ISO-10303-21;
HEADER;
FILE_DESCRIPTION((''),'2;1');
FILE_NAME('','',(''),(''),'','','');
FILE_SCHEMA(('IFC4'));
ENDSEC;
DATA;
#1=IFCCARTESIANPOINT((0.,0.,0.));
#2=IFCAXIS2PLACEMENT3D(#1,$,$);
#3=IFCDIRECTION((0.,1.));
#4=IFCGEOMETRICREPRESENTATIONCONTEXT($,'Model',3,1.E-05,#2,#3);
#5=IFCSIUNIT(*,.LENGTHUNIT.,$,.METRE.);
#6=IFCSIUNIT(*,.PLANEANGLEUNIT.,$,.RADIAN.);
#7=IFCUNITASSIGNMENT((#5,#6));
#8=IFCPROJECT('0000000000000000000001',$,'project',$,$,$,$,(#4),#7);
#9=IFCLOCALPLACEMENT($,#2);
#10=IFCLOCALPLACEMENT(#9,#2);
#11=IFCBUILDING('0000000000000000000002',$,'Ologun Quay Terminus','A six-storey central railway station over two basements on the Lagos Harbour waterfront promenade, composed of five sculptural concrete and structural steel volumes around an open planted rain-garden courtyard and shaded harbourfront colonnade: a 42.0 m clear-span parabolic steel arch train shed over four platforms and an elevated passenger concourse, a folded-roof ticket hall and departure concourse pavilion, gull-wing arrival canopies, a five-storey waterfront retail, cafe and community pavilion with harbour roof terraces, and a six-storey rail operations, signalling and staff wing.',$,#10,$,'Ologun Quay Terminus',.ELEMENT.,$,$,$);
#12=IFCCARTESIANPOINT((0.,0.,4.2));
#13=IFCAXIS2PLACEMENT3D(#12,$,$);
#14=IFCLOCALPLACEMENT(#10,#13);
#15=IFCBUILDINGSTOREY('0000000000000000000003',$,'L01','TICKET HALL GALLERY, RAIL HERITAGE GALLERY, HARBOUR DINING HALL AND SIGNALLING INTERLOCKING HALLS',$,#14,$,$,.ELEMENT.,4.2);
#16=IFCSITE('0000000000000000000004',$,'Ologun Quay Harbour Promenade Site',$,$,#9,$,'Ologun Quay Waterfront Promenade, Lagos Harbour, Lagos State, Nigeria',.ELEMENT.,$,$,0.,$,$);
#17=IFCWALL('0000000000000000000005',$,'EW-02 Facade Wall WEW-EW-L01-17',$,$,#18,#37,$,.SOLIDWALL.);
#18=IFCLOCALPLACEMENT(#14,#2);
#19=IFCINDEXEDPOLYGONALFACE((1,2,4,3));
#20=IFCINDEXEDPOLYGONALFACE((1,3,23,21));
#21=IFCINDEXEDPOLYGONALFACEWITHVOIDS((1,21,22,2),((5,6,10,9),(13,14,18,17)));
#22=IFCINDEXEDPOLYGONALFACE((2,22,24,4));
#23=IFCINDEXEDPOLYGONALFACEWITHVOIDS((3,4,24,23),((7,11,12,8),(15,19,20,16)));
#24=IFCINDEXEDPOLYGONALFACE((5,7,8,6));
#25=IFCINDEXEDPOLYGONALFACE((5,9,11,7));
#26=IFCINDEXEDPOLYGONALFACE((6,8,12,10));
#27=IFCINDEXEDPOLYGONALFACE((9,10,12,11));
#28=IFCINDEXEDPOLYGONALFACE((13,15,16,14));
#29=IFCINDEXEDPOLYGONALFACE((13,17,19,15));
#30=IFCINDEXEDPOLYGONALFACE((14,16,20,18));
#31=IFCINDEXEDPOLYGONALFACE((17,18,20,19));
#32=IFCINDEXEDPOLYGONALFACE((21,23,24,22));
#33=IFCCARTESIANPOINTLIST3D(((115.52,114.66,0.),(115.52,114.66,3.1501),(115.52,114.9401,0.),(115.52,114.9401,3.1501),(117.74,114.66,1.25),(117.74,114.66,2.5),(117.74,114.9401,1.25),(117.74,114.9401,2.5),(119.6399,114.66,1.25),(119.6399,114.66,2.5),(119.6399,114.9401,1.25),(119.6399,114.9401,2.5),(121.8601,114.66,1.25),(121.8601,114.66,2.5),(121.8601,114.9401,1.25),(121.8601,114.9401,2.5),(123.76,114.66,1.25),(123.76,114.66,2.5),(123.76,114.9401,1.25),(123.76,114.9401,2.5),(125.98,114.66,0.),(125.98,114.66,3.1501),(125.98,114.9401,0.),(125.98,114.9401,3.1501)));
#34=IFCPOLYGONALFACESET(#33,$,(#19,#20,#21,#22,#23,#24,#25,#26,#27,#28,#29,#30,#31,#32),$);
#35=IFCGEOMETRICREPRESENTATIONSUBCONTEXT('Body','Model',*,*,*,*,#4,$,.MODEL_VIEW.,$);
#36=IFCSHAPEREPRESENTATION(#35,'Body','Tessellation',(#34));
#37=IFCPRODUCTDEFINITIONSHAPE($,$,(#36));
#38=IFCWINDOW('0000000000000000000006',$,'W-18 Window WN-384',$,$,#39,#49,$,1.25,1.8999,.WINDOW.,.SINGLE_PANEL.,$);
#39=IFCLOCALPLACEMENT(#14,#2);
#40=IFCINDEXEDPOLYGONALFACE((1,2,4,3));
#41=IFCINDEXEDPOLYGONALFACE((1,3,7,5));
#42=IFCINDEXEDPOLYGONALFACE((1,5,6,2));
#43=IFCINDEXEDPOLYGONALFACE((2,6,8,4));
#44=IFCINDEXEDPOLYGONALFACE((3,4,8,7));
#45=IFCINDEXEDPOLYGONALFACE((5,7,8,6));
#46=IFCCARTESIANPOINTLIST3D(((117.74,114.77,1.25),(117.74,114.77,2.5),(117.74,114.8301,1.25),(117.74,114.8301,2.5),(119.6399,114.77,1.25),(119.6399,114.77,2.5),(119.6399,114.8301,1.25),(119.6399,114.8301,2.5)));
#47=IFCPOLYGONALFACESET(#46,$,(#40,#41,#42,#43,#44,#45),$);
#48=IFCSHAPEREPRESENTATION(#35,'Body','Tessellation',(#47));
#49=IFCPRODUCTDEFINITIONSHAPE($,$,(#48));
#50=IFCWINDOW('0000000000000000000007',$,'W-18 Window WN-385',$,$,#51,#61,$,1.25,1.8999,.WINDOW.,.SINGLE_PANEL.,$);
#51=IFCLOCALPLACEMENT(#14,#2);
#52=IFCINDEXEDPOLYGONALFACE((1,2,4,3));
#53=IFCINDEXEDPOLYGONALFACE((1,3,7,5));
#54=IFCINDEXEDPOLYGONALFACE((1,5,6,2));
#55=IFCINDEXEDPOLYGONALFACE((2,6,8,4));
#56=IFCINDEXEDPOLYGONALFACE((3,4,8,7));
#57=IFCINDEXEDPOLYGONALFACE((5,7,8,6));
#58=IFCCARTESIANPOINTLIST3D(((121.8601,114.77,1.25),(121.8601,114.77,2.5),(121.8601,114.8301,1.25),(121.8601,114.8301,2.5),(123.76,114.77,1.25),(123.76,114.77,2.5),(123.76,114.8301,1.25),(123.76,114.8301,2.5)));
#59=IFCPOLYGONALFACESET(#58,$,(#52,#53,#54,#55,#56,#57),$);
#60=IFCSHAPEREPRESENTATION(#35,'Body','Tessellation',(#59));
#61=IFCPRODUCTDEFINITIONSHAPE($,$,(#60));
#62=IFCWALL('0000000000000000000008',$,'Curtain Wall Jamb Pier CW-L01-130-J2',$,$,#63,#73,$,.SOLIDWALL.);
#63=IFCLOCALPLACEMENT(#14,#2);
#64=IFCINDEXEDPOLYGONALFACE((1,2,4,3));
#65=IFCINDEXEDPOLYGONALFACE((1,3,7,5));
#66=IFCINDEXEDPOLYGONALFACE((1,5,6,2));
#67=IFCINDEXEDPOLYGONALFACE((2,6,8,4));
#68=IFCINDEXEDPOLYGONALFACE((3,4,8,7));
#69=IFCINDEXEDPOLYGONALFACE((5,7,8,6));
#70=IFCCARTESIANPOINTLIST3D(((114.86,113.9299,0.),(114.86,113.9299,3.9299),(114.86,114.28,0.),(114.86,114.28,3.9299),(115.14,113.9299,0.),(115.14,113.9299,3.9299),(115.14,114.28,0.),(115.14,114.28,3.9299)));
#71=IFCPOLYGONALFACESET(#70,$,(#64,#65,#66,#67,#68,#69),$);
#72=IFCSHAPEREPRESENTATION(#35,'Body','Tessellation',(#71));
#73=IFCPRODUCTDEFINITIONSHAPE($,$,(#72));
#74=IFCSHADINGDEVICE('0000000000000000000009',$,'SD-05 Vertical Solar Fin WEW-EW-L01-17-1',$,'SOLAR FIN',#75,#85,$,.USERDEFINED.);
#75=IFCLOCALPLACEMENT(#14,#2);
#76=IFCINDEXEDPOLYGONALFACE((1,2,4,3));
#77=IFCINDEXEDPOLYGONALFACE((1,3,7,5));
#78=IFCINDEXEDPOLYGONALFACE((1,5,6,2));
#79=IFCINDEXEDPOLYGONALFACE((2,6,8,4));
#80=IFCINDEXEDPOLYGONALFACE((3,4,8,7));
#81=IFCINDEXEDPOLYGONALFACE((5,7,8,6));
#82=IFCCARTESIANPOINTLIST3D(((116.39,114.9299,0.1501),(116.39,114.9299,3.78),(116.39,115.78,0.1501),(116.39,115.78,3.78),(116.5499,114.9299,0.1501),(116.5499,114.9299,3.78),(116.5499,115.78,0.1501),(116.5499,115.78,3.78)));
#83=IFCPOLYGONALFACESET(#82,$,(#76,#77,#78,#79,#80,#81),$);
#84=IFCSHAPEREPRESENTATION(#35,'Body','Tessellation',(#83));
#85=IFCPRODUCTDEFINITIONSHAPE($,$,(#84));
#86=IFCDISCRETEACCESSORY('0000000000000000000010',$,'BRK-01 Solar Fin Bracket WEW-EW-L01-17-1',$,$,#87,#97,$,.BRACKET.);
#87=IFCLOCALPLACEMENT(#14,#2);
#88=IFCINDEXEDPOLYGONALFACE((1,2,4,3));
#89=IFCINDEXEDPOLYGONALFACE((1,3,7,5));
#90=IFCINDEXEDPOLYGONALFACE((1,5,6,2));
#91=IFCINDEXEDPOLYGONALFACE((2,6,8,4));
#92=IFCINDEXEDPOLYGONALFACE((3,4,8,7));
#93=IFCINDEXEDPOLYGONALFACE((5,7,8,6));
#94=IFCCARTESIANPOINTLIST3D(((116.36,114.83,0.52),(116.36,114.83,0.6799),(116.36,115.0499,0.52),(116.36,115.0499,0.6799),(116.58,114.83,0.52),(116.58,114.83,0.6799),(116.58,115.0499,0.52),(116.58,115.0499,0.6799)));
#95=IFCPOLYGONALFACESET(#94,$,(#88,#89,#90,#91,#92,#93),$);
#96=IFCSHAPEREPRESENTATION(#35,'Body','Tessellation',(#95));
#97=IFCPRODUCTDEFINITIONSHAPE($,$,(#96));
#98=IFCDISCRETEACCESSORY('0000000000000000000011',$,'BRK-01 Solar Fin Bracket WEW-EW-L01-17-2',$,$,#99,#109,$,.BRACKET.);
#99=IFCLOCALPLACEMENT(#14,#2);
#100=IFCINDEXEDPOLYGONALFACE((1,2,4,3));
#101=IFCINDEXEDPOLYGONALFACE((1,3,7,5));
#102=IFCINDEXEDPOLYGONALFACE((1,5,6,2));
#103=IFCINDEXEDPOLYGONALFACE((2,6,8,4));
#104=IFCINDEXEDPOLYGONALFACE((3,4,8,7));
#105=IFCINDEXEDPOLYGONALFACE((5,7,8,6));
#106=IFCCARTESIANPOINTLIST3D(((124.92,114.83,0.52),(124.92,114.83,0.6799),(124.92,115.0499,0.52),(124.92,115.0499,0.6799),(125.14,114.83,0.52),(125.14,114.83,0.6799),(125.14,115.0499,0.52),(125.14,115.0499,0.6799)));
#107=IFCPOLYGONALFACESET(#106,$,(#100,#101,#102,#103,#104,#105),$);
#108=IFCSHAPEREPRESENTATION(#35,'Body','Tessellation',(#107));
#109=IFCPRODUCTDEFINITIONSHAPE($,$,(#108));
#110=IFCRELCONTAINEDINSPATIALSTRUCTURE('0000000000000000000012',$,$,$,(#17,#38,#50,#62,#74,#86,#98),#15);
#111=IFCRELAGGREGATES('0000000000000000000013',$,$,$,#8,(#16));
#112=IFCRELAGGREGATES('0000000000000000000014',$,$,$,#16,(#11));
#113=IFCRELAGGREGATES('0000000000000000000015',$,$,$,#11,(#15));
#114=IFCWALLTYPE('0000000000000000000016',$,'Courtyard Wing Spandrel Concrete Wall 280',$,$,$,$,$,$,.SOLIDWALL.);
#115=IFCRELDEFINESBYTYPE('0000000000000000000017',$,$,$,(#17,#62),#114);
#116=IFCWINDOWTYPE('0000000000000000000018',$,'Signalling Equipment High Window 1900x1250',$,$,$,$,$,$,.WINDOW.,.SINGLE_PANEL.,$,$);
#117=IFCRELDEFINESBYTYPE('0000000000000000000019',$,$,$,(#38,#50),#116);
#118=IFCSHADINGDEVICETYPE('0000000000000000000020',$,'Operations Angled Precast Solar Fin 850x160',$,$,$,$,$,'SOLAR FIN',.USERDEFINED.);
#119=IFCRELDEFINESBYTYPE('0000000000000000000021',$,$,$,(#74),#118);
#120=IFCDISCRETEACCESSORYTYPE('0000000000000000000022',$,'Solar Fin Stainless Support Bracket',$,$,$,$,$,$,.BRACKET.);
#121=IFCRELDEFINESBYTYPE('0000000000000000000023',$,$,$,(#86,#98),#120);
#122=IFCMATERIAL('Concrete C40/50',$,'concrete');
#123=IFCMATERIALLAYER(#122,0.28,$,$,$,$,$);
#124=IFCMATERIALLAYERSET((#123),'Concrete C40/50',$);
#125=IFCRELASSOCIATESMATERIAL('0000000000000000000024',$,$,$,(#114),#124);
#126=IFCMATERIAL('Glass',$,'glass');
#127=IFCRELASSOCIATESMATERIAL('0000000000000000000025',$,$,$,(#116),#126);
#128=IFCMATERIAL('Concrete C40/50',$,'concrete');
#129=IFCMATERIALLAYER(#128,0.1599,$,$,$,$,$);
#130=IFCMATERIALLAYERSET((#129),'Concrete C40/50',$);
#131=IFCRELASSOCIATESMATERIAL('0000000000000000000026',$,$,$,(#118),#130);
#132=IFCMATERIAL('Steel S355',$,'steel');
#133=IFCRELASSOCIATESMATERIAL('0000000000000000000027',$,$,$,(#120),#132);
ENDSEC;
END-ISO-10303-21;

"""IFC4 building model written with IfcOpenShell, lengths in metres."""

from ifc_helpers import new_model, si_unit, direction, frame, frame_2d, origin, origin_2d, place, context, subcontext, project, spatial, rectangle, extrude, material, layer, layer_set, type_object, element, fill, save


model = new_model("IFC4")

# Units and contexts
model_context = context("Model", 3, precision=1e-05, world=origin(), true_north=direction((0.0, 1.0)))
body_context = subcontext(model_context, "Body", "Model", "MODEL_VIEW")
ifc_project = project(units=[si_unit("LENGTHUNIT", "METRE"), si_unit("PLANEANGLEUNIT", "RADIAN")], contexts=[model_context])

# Site, building, storey
site_placement = place(None, origin())
site = spatial("IfcSite", under=ifc_project, at=site_placement, Name="Ologun Quay Harbour Promenade Site", LongName="Ologun Quay Waterfront Promenade, Lagos Harbour, Lagos State, Nigeria", CompositionType="ELEMENT", RefElevation=0.0)
building_placement = place(site_placement, origin())
building = spatial("IfcBuilding", under=site, at=building_placement, Name="Ologun Quay Terminus", Description="A six-storey central railway station over two basements on the Lagos Harbour waterfront promenade, composed of five sculptural concrete and structural steel volumes around an open planted rain-garden courtyard and shaded harbourfront colonnade: a 42.0 m clear-span parabolic steel arch train shed over four platforms and an elevated passenger concourse, a folded-roof ticket hall and departure concourse pavilion, gull-wing arrival canopies, a five-storey waterfront retail, cafe and community pavilion with harbour roof terraces, and a six-storey rail operations, signalling and staff wing.", LongName="Ologun Quay Terminus", CompositionType="ELEMENT")
storey_placement = place(building_placement, frame((0.0, 0.0, 4.2)))
storey = spatial("IfcBuildingStorey", under=building, at=storey_placement, Name="L01", Description="TICKET HALL GALLERY, RAIL HERITAGE GALLERY, HARBOUR DINING HALL AND SIGNALLING INTERLOCKING HALLS", CompositionType="ELEMENT", Elevation=4.2)

# Wall, openings, windows
ifc_material_1 = material(Name="Concrete C40/50", Category="concrete")
ifc_layer_1 = layer(ifc_material_1, 0.28)
ifc_layer_set_1 = layer_set([ifc_layer_1], Name="Concrete C40/50")
wall_type = type_object("IfcWallType", Name="Courtyard Wing Spandrel Concrete Wall 280", PredefinedType="SOLIDWALL", material=ifc_layer_set_1)
wall_1_placement = place(storey_placement, frame((115.52, 114.8, 0.0), z_axis=(0.0, 0.0, 1.0), x_axis=(1.0, 0.0, 0.0)))
wall_1 = element("IfcWall", 1, at=wall_1_placement, inside=storey, type_object=wall_type, Name="EW-02 Facade Wall WEW-EW-L01-17", PredefinedType="SOLIDWALL", context=body_context, shape_type="SweptSolid", body=[
    extrude(rectangle(XDim=10.46, YDim=0.28, at=frame_2d((5.23, 0.0))), origin(), (0.0, 0.0, 1.0), 3.1501),
])
opening_1_placement = place(wall_1_placement, frame((2.22, 0.0, 1.25)))
opening_1 = element("IfcOpeningElement", 2, at=opening_1_placement, cuts=wall_1, PredefinedType="OPENING", context=body_context, shape_type="SweptSolid", body=[
    extrude(rectangle(XDim=1.8999, YDim=1.25, at=frame_2d((0.95, 0.625))), frame((0.0, 0.1499, 0.0), z_axis=(0.0, -1.0, 0.0), x_axis=(1.0, 0.0, 0.0)), (0.0, 0.0, 1.0), 0.3),
])
opening_2_placement = place(wall_1_placement, frame((6.3401, 0.0, 1.25)))
opening_2 = element("IfcOpeningElement", 3, at=opening_2_placement, cuts=wall_1, PredefinedType="OPENING", context=body_context, shape_type="SweptSolid", body=[
    extrude(rectangle(XDim=1.8999, YDim=1.25, at=frame_2d((0.95, 0.625))), frame((0.0, 0.1499, 0.0), z_axis=(0.0, -1.0, 0.0), x_axis=(1.0, 0.0, 0.0)), (0.0, 0.0, 1.0), 0.3),
])
ifc_material_2 = material(Name="Glass", Category="glass")
window_type = type_object("IfcWindowType", Name="Signalling Equipment High Window 1900x1250", PartitioningType="SINGLE_PANEL", PredefinedType="WINDOW", material=ifc_material_2)
window_1_placement = place(opening_1_placement, origin())
window_1 = element("IfcWindow", 4, at=window_1_placement, inside=storey, type_object=window_type, Name="W-18 Window WN-384", OverallHeight=1.25, OverallWidth=1.8999, PartitioningType="SINGLE_PANEL", PredefinedType="WINDOW", context=body_context, shape_type="SweptSolid", body=[
    extrude(rectangle(XDim=1.8999, YDim=1.25, at=frame_2d((0.95, 0.625))), frame((0.0, 0.03, 0.0), z_axis=(0.0, -1.0, 0.0), x_axis=(1.0, 0.0, 0.0)), (0.0, 0.0, 1.0), 0.0601),
])
fill(opening_1, window_1)
window_2_placement = place(opening_2_placement, origin())
window_2 = element("IfcWindow", 5, at=window_2_placement, inside=storey, type_object=window_type, Name="W-18 Window WN-385", OverallHeight=1.25, OverallWidth=1.8999, PartitioningType="SINGLE_PANEL", PredefinedType="WINDOW", context=body_context, shape_type="SweptSolid", body=[
    extrude(rectangle(XDim=1.8999, YDim=1.25, at=frame_2d((0.95, 0.625))), frame((0.0, 0.03, 0.0), z_axis=(0.0, -1.0, 0.0), x_axis=(1.0, 0.0, 0.0)), (0.0, 0.0, 1.0), 0.0601),
])
fill(opening_2, window_2)

# Wall
wall_2_placement = place(storey_placement, frame((115.0, 113.9299, 0.0), z_axis=(0.0, 0.0, 1.0), x_axis=(0.0, 1.0, 0.0)))
element("IfcWall", 6, at=wall_2_placement, inside=storey, type_object=wall_type, Name="Curtain Wall Jamb Pier CW-L01-130-J2", PredefinedType="SOLIDWALL", context=body_context, shape_type="SweptSolid", body=[
    extrude(rectangle(XDim=0.3501, YDim=0.28, at=frame_2d((0.175, 0.0))), origin(), (0.0, 0.0, 1.0), 3.9299),
])

# Shading device
ifc_material_3 = material(Name="Concrete C40/50", Category="concrete")
ifc_layer_2 = layer(ifc_material_3, 0.1599)
ifc_layer_set_2 = layer_set([ifc_layer_2], Name="Concrete C40/50")
shading_device_type = type_object("IfcShadingDeviceType", Name="Operations Angled Precast Solar Fin 850x160", ElementType="SOLAR FIN", PredefinedType="USERDEFINED", material=ifc_layer_set_2)
shading_device_placement = place(storey_placement, frame((116.47, 115.355, 0.1501), z_axis=(0.0, 0.0, 1.0), x_axis=(1.0, 0.0, 0.0)))
element("IfcShadingDevice", 7, at=shading_device_placement, inside=storey, type_object=shading_device_type, Name="SD-05 Vertical Solar Fin WEW-EW-L01-17-1", ObjectType="SOLAR FIN", PredefinedType="USERDEFINED", context=body_context, shape_type="SweptSolid", body=[
    extrude(rectangle(XDim=0.1599, YDim=0.8501, at=origin_2d()), origin(), (0.0, 0.0, 1.0), 3.6299),
])

# Discrete accessories
ifc_material_4 = material(Name="Steel S355", Category="steel")
discrete_accessory_type = type_object("IfcDiscreteAccessoryType", Name="Solar Fin Stainless Support Bracket", PredefinedType="BRACKET", material=ifc_material_4)
for number, where, z_axis, x_axis, name in (
    (8, (116.47, 114.9399, 0.52), (0.0, 0.0, 1.0), (1.0, 0.0, 0.0), "BRK-01 Solar Fin Bracket WEW-EW-L01-17-1"),
    (9, (125.03, 114.9399, 0.52), (0.0, 0.0, 1.0), (1.0, 0.0, 0.0), "BRK-01 Solar Fin Bracket WEW-EW-L01-17-2"),
):
    element("IfcDiscreteAccessory", number, at=place(storey_placement, frame(where, z_axis=z_axis, x_axis=x_axis)), inside=storey, type_object=discrete_accessory_type, Name=name, PredefinedType="BRACKET", context=body_context, shape_type="SweptSolid", body=[
        extrude(rectangle(XDim=0.22, YDim=0.22, at=origin_2d()), origin(), (0.0, 0.0, 1.0), 0.1599),
    ])

save(model, "model.ifc")
